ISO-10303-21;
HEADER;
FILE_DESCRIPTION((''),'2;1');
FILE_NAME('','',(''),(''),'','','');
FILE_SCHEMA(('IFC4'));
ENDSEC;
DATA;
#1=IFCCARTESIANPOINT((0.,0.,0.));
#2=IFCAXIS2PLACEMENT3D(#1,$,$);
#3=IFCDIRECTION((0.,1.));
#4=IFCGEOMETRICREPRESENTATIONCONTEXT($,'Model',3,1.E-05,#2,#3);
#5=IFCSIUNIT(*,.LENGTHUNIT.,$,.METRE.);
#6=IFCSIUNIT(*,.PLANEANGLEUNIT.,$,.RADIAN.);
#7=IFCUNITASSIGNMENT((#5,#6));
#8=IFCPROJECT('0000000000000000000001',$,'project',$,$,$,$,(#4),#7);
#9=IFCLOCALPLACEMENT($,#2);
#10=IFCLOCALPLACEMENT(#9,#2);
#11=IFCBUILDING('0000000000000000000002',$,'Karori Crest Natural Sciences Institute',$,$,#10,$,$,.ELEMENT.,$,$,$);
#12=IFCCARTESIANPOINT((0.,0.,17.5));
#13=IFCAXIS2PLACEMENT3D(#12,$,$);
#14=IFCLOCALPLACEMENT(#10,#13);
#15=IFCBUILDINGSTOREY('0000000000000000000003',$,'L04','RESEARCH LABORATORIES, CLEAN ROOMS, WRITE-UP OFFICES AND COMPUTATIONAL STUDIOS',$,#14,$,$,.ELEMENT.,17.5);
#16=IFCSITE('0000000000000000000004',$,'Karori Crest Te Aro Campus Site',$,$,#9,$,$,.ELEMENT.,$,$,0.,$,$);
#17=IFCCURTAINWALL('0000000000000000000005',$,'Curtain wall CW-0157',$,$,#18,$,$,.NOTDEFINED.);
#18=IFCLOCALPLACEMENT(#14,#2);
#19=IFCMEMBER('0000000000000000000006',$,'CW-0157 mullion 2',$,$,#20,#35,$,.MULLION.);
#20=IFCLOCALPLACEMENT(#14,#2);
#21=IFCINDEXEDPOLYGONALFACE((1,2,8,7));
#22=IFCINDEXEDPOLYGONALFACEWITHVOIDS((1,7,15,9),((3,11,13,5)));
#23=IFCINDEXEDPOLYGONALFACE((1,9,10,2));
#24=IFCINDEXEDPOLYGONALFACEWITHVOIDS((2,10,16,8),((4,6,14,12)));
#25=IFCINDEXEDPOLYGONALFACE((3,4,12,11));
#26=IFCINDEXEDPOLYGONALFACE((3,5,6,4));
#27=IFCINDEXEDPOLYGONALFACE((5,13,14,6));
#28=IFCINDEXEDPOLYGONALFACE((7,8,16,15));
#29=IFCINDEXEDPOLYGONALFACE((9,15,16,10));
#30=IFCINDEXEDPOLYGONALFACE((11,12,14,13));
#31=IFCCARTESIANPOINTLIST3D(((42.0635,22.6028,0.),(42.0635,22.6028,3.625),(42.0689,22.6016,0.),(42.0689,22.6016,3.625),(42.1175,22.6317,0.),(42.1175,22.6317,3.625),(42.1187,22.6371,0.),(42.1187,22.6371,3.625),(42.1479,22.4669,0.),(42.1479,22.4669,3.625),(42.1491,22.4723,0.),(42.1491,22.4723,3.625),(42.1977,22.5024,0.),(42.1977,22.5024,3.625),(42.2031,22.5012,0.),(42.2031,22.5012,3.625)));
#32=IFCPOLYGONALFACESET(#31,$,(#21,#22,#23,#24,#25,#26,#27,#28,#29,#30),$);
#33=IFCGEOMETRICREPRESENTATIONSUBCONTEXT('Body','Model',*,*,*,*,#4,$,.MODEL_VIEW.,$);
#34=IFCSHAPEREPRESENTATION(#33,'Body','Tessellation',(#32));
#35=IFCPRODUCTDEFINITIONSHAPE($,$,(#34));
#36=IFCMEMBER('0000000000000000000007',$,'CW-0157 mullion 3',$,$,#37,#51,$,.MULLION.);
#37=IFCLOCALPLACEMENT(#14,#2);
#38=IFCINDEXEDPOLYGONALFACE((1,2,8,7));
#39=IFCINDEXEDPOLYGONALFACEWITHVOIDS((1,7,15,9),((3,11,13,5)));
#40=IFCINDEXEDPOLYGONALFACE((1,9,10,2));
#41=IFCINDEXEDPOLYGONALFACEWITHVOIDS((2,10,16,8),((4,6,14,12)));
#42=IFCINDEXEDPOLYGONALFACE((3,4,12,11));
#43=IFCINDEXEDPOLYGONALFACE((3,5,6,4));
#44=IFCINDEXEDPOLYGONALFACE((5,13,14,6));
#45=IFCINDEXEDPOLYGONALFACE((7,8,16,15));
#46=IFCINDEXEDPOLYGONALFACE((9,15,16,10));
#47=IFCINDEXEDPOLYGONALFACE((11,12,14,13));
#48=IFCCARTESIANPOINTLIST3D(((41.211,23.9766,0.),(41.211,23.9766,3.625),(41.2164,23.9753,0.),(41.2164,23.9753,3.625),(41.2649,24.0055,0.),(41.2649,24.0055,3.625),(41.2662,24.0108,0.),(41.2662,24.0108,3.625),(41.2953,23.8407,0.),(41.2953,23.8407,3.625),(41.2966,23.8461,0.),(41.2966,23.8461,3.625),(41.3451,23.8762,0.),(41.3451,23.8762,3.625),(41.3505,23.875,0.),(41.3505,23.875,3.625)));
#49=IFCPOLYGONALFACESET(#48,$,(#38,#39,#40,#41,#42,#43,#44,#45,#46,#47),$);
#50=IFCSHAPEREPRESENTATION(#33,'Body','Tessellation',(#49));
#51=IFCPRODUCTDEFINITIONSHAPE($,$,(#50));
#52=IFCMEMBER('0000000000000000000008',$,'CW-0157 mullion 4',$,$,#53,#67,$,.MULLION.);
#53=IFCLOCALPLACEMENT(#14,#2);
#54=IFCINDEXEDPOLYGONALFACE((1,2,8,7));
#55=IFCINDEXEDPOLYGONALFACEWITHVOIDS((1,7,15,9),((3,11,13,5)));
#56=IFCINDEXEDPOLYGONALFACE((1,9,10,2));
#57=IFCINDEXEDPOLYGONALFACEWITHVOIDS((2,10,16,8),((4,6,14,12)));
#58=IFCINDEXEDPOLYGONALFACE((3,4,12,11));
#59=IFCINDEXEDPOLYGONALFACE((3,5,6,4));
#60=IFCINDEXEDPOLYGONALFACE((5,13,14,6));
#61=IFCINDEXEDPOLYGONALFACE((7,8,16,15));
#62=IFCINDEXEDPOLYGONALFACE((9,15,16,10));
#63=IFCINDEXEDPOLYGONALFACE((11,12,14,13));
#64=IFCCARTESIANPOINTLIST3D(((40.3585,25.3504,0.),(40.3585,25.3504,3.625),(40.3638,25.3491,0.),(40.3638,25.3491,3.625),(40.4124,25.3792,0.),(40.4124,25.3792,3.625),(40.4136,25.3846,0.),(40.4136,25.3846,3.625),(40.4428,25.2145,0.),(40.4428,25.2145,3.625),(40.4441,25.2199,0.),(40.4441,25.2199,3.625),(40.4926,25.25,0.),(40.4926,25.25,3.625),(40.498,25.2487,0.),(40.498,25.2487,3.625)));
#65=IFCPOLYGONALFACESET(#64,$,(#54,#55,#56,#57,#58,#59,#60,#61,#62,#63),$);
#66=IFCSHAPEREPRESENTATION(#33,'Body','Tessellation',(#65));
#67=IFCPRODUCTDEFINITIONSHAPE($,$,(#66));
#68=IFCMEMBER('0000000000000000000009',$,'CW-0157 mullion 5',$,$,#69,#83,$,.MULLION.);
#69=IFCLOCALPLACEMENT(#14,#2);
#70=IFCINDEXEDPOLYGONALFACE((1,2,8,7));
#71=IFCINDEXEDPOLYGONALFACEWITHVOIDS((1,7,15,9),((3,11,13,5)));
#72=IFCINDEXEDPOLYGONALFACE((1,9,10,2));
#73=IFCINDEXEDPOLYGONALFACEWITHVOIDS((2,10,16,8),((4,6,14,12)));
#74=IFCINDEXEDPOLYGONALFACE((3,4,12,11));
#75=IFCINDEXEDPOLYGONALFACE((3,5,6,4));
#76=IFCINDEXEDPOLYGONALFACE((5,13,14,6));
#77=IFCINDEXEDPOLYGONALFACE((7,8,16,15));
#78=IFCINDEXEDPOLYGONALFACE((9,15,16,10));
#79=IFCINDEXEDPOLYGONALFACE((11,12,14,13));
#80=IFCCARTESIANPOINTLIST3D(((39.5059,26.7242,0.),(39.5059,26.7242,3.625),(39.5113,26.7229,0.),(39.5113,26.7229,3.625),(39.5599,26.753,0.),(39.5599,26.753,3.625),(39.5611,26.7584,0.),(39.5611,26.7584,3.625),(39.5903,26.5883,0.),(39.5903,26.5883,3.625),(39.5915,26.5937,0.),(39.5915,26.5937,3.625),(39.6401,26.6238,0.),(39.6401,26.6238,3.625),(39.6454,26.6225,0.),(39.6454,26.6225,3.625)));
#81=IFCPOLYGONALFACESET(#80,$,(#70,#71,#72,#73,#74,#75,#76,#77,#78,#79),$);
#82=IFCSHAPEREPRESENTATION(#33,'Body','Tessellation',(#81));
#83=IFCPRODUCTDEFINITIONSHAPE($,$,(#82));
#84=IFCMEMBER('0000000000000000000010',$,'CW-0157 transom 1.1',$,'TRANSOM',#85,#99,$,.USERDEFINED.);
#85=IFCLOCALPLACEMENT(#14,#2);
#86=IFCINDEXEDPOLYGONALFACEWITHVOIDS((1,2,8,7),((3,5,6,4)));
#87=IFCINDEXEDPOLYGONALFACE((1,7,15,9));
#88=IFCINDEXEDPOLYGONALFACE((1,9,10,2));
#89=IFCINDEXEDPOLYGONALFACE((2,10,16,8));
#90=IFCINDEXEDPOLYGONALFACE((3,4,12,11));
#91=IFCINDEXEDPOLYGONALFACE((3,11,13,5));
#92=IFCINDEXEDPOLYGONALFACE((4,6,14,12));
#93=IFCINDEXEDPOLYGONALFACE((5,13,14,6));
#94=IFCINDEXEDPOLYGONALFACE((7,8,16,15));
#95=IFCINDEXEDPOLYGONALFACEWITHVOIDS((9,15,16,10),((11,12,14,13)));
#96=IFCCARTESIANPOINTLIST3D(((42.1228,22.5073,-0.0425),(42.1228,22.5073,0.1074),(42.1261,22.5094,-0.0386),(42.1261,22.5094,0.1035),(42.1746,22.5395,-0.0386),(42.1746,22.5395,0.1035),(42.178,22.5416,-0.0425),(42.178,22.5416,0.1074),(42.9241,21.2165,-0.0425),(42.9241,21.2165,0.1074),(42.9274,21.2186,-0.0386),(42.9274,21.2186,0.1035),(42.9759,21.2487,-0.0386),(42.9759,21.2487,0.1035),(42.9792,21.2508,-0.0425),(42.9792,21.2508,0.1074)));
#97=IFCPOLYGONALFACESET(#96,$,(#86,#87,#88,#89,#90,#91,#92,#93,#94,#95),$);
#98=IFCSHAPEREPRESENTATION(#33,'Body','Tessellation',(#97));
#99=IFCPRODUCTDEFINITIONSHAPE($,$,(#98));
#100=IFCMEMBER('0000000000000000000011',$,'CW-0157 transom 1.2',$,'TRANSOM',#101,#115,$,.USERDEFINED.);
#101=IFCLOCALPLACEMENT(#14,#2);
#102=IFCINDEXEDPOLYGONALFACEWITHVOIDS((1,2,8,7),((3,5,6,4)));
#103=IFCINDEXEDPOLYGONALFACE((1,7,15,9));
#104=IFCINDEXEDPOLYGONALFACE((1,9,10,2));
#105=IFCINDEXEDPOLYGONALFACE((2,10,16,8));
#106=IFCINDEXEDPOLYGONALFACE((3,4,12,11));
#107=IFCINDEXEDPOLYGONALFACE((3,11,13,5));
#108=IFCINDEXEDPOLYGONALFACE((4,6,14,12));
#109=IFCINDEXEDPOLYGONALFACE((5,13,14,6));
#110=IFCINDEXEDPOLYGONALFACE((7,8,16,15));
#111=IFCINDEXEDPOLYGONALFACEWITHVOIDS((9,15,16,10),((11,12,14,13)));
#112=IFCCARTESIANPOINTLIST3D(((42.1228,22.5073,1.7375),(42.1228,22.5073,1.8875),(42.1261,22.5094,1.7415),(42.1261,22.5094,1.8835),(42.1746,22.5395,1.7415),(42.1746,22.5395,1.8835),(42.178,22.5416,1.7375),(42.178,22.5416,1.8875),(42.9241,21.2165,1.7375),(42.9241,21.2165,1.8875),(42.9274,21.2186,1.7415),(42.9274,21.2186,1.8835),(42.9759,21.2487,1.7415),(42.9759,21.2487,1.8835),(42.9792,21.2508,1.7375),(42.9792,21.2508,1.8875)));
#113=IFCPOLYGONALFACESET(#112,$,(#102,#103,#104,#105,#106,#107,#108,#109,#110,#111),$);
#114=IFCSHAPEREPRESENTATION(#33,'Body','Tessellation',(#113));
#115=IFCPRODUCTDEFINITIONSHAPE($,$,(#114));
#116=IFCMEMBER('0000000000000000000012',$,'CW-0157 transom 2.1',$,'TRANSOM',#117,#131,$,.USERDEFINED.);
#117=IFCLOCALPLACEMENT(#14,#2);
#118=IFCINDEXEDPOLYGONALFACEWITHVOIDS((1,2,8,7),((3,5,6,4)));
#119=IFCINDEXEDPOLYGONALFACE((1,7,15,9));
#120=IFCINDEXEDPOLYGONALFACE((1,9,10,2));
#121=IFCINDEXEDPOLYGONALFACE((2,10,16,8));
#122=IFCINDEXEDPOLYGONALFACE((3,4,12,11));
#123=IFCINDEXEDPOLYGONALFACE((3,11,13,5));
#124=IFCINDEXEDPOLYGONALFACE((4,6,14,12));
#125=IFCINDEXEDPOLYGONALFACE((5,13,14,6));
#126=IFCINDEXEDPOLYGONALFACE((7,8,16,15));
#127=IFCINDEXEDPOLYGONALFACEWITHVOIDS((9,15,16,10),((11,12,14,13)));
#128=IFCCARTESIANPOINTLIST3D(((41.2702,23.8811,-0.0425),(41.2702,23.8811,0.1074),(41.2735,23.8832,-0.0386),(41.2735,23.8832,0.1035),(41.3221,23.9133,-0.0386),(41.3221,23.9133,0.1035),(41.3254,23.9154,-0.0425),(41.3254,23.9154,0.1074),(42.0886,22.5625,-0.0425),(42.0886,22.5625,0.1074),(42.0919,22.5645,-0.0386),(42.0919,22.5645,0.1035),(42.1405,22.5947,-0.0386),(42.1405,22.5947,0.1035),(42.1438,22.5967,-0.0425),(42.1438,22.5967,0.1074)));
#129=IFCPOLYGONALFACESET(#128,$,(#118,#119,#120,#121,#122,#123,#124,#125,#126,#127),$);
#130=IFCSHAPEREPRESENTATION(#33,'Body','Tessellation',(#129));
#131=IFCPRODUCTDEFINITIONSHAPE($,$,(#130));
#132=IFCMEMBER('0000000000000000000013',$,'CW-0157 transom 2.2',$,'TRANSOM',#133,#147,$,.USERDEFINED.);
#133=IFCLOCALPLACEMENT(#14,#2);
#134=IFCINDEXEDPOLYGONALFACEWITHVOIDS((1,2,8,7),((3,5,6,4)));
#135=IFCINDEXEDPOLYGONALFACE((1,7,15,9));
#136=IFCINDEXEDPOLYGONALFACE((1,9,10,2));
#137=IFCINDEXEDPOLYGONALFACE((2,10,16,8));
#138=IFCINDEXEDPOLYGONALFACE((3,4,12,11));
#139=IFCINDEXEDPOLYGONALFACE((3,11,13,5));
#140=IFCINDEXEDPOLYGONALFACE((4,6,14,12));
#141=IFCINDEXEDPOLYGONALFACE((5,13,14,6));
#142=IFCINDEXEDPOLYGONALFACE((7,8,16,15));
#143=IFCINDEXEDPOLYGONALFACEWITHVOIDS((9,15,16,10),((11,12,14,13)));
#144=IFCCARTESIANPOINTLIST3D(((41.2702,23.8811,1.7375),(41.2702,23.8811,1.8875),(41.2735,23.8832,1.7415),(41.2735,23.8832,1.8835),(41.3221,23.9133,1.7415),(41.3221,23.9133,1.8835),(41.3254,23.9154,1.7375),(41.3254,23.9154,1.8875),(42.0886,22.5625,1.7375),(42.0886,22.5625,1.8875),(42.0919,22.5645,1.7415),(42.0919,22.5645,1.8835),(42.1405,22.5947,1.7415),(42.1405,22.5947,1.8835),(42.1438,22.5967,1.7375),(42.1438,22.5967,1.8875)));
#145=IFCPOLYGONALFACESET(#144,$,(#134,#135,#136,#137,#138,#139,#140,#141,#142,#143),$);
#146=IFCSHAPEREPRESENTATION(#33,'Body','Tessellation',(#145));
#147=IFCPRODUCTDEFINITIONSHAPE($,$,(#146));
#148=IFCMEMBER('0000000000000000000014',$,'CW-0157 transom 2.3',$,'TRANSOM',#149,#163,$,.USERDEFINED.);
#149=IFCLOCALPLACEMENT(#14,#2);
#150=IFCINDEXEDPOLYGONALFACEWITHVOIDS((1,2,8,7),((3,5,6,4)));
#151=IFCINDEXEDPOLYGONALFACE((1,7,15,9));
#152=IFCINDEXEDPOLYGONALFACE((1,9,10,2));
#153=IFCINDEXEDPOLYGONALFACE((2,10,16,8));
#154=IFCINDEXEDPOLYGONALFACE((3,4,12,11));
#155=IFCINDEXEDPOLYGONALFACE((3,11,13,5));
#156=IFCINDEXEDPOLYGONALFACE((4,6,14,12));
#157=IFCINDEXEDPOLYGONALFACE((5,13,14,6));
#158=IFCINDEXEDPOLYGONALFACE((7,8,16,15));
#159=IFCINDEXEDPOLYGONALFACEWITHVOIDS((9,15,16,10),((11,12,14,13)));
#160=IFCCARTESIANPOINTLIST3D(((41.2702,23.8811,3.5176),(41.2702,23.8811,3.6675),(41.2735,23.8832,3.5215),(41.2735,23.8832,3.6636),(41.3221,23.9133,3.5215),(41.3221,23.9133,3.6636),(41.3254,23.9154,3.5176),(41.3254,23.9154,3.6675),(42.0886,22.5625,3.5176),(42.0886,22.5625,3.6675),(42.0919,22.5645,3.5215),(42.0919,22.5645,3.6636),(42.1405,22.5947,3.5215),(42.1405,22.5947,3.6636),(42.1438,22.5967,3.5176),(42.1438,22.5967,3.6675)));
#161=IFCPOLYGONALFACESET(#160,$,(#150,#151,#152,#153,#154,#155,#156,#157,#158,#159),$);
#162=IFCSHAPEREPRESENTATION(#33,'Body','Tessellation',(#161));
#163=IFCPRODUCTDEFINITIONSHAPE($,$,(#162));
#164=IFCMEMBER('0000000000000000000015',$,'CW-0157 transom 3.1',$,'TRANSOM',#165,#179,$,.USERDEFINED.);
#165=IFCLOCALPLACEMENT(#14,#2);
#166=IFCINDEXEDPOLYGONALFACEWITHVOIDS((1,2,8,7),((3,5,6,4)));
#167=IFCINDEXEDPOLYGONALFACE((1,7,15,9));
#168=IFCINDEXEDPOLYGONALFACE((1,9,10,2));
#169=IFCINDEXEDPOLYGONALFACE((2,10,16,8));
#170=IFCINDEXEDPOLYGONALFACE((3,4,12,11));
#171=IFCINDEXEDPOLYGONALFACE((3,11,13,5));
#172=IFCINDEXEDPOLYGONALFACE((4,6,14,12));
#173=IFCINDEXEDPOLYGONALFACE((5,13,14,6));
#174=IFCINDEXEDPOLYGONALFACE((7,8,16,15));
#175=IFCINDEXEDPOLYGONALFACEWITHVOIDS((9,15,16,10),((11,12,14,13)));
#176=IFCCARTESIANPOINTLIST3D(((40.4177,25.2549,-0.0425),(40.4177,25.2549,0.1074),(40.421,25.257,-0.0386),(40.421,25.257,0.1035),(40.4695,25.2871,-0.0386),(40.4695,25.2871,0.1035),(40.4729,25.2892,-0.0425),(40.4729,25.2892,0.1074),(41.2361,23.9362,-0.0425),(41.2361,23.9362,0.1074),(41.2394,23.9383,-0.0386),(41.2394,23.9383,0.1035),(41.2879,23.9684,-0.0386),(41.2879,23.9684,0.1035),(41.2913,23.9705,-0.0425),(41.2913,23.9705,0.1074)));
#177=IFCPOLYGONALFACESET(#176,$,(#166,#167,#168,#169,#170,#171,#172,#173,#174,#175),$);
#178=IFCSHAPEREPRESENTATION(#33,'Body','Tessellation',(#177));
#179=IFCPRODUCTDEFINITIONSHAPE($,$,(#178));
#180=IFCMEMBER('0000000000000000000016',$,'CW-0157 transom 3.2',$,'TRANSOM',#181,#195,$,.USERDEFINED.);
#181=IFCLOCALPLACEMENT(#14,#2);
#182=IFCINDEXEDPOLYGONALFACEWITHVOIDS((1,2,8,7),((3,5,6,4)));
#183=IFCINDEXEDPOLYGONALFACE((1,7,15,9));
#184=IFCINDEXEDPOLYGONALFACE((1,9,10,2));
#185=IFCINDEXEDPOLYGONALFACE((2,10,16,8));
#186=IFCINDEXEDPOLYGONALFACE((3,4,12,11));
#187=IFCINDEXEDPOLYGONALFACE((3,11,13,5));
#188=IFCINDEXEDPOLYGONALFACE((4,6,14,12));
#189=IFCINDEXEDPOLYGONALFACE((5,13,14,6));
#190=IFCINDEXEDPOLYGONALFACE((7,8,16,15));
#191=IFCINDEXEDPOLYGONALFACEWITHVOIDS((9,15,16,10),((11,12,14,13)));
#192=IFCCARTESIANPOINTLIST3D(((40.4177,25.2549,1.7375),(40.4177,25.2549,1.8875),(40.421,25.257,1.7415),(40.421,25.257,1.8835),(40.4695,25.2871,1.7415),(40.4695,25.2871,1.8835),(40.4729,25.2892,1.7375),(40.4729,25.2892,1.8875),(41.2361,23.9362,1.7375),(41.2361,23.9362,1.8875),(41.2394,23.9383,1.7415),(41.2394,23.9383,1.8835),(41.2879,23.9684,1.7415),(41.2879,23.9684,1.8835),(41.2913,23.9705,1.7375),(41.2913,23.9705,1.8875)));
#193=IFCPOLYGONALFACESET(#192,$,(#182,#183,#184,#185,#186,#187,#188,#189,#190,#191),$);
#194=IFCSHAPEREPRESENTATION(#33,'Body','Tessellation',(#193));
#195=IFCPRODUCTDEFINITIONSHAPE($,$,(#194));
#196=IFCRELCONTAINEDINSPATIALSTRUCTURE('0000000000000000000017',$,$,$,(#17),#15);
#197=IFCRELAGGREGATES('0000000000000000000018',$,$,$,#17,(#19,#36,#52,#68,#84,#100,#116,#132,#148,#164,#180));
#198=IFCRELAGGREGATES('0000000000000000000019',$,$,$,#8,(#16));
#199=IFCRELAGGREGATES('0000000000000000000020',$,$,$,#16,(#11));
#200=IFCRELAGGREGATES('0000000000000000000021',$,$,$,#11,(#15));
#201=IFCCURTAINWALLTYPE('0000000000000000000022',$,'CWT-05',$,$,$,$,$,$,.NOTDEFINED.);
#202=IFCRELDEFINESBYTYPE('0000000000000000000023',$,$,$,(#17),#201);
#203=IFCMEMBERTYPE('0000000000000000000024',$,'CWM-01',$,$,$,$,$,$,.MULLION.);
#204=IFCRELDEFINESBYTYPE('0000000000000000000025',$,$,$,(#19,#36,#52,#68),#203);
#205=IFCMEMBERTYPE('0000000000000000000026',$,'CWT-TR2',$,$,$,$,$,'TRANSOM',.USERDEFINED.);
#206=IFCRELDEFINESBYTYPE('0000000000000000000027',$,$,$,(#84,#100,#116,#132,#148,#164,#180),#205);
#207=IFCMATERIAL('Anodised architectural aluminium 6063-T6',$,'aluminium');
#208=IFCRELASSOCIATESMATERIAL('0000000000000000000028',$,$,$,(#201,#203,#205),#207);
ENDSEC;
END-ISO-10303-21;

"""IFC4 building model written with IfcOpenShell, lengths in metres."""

from ifc_helpers import new_model, si_unit, direction, frame, origin, origin_2d, place, context, subcontext, project, spatial, hollow_rectangle, extrude, material, material_profile, profile_set, type_object, element, aggregate, save


model = new_model("IFC4")

# Units and contexts
model_context = context("Model", 3, precision=1e-05, world=origin(), true_north=direction((0.0, 1.0)))
body_context = subcontext(model_context, "Body", "Model", "MODEL_VIEW")
ifc_project = project(units=[si_unit("LENGTHUNIT", "METRE"), si_unit("PLANEANGLEUNIT", "RADIAN")], contexts=[model_context])

# Site, building, storey
site_placement = place(None, origin())
site = spatial("IfcSite", under=ifc_project, at=site_placement, Name="Karori Crest Te Aro Campus Site", CompositionType="ELEMENT", RefElevation=0.0)
building_placement = place(site_placement, origin())
building = spatial("IfcBuilding", under=site, at=building_placement, Name="Karori Crest Natural Sciences Institute", CompositionType="ELEMENT")
storey_placement = place(building_placement, frame((0.0, 0.0, 17.5)))
storey = spatial("IfcBuildingStorey", under=building, at=storey_placement, Name="L04", Description="RESEARCH LABORATORIES, CLEAN ROOMS, WRITE-UP OFFICES AND COMPUTATIONAL STUDIOS", CompositionType="ELEMENT", Elevation=17.5)

# Curtain wall, members
ifc_material_1 = material(Name="Anodised architectural aluminium 6063-T6", Category="aluminium")
curtain_wall_type = type_object("IfcCurtainWallType", Name="CWT-05", PredefinedType="NOTDEFINED", material=ifc_material_1)
curtain_wall_placement = place(storey_placement, origin())
curtain_wall = element("IfcCurtainWall", 1, at=curtain_wall_placement, inside=storey, type_object=curtain_wall_type, Name="Curtain wall CW-0157", PredefinedType="NOTDEFINED")
ifc_material_profile_1 = material_profile(ifc_material_1, hollow_rectangle(XDim=0.0649, YDim=0.1599, WallThickness=0.0039, at=origin_2d()), Name="CWM160x65x4")
ifc_profile_set_1 = profile_set([ifc_material_profile_1], Name="Anodised architectural aluminium 6063-T6")
member_type_1 = type_object("IfcMemberType", Name="CWM-01", PredefinedType="MULLION", material=ifc_profile_set_1)
member_1_placement = place(storey_placement, frame((42.1333, 22.552, 0.0), z_axis=(0.0, 0.0, 1.0), x_axis=(-0.849662, -0.527328, 0.0)))
member_1 = element("IfcMember", 2, at=member_1_placement, type_object=member_type_1, Name="CW-0157 mullion 2", PredefinedType="MULLION", context=body_context, shape_type="SweptSolid", body=[
    extrude(hollow_rectangle(XDim=0.0649, YDim=0.1599, WallThickness=0.0039, at=origin_2d()), origin(), (0.0, 0.0, 1.0), 3.625),
])
member_2_placement = place(storey_placement, frame((41.2808, 23.9258, 0.0), z_axis=(0.0, 0.0, 1.0), x_axis=(-0.849662, -0.527328, 0.0)))
member_2 = element("IfcMember", 3, at=member_2_placement, type_object=member_type_1, Name="CW-0157 mullion 3", PredefinedType="MULLION", context=body_context, shape_type="SweptSolid", body=[
    extrude(hollow_rectangle(XDim=0.0649, YDim=0.1599, WallThickness=0.0039, at=origin_2d()), origin(), (0.0, 0.0, 1.0), 3.625),
])
member_3_placement = place(storey_placement, frame((40.4282, 25.2996, 0.0), z_axis=(0.0, 0.0, 1.0), x_axis=(-0.849662, -0.527328, 0.0)))
member_3 = element("IfcMember", 4, at=member_3_placement, type_object=member_type_1, Name="CW-0157 mullion 4", PredefinedType="MULLION", context=body_context, shape_type="SweptSolid", body=[
    extrude(hollow_rectangle(XDim=0.0649, YDim=0.1599, WallThickness=0.0039, at=origin_2d()), origin(), (0.0, 0.0, 1.0), 3.625),
])
member_4_placement = place(storey_placement, frame((39.5757, 26.6733, 0.0), z_axis=(0.0, 0.0, 1.0), x_axis=(-0.849662, -0.527328, 0.0)))
member_4 = element("IfcMember", 5, at=member_4_placement, type_object=member_type_1, Name="CW-0157 mullion 5", PredefinedType="MULLION", context=body_context, shape_type="SweptSolid", body=[
    extrude(hollow_rectangle(XDim=0.0649, YDim=0.1599, WallThickness=0.0039, at=origin_2d()), origin(), (0.0, 0.0, 1.0), 3.625),
])
ifc_material_profile_2 = material_profile(ifc_material_1, hollow_rectangle(XDim=0.0649, YDim=0.1499, WallThickness=0.0039, at=origin_2d()), Name="CWT150x65x4")
ifc_profile_set_2 = profile_set([ifc_material_profile_2], Name="Anodised architectural aluminium 6063-T6")
member_type_2 = type_object("IfcMemberType", Name="CWT-TR2", ElementType="TRANSOM", PredefinedType="USERDEFINED", material=ifc_profile_set_2)
member_5_placement = place(storey_placement, frame((42.9517, 21.2336, 0.0325), z_axis=(-0.527411, 0.84961, 0.0), x_axis=(-0.84961, -0.527411, 0.0)))
member_5 = element("IfcMember", 6, at=member_5_placement, type_object=member_type_2, Name="CW-0157 transom 1.1", ObjectType="TRANSOM", PredefinedType="USERDEFINED", context=body_context, shape_type="SweptSolid", body=[
    extrude(hollow_rectangle(XDim=0.0649, YDim=0.1499, WallThickness=0.0039, at=origin_2d()), origin(), (0.0, 0.0, 1.0), 1.5193),
])
member_6_placement = place(storey_placement, frame((42.9517, 21.2336, 1.8125), z_axis=(-0.527411, 0.84961, 0.0), x_axis=(-0.84961, -0.527411, 0.0)))
member_6 = element("IfcMember", 7, at=member_6_placement, type_object=member_type_2, Name="CW-0157 transom 1.2", ObjectType="TRANSOM", PredefinedType="USERDEFINED", context=body_context, shape_type="SweptSolid", body=[
    extrude(hollow_rectangle(XDim=0.0649, YDim=0.1499, WallThickness=0.0039, at=origin_2d()), origin(), (0.0, 0.0, 1.0), 1.5193),
])
member_7_placement = place(storey_placement, frame((42.1162, 22.5796, 0.0325), z_axis=(-0.527324, 0.849664, 0.0), x_axis=(-0.849664, -0.527324, 0.0)))
member_7 = element("IfcMember", 8, at=member_7_placement, type_object=member_type_2, Name="CW-0157 transom 2.1", ObjectType="TRANSOM", PredefinedType="USERDEFINED", context=body_context, shape_type="SweptSolid", body=[
    extrude(hollow_rectangle(XDim=0.0649, YDim=0.1499, WallThickness=0.0039, at=origin_2d()), origin(), (0.0, 0.0, 1.0), 1.552),
])
member_8_placement = place(storey_placement, frame((42.1162, 22.5796, 1.8125), z_axis=(-0.527324, 0.849664, 0.0), x_axis=(-0.849664, -0.527324, 0.0)))
member_8 = element("IfcMember", 9, at=member_8_placement, type_object=member_type_2, Name="CW-0157 transom 2.2", ObjectType="TRANSOM", PredefinedType="USERDEFINED", context=body_context, shape_type="SweptSolid", body=[
    extrude(hollow_rectangle(XDim=0.0649, YDim=0.1499, WallThickness=0.0039, at=origin_2d()), origin(), (0.0, 0.0, 1.0), 1.552),
])
member_9_placement = place(storey_placement, frame((42.1162, 22.5796, 3.5925), z_axis=(-0.527324, 0.849664, 0.0), x_axis=(-0.849664, -0.527324, 0.0)))
member_9 = element("IfcMember", 10, at=member_9_placement, type_object=member_type_2, Name="CW-0157 transom 2.3", ObjectType="TRANSOM", PredefinedType="USERDEFINED", context=body_context, shape_type="SweptSolid", body=[
    extrude(hollow_rectangle(XDim=0.0649, YDim=0.1499, WallThickness=0.0039, at=origin_2d()), origin(), (0.0, 0.0, 1.0), 1.552),
])
member_10_placement = place(storey_placement, frame((41.2637, 23.9534, 0.0325), z_axis=(-0.527324, 0.849664, 0.0), x_axis=(-0.849664, -0.527324, 0.0)))
member_10 = element("IfcMember", 11, at=member_10_placement, type_object=member_type_2, Name="CW-0157 transom 3.1", ObjectType="TRANSOM", PredefinedType="USERDEFINED", context=body_context, shape_type="SweptSolid", body=[
    extrude(hollow_rectangle(XDim=0.0649, YDim=0.1499, WallThickness=0.0039, at=origin_2d()), origin(), (0.0, 0.0, 1.0), 1.552),
])
member_11_placement = place(storey_placement, frame((41.2637, 23.9534, 1.8125), z_axis=(-0.527324, 0.849664, 0.0), x_axis=(-0.849664, -0.527324, 0.0)))
member_11 = element("IfcMember", 12, at=member_11_placement, type_object=member_type_2, Name="CW-0157 transom 3.2", ObjectType="TRANSOM", PredefinedType="USERDEFINED", context=body_context, shape_type="SweptSolid", body=[
    extrude(hollow_rectangle(XDim=0.0649, YDim=0.1499, WallThickness=0.0039, at=origin_2d()), origin(), (0.0, 0.0, 1.0), 1.552),
])
aggregate(curtain_wall, [member_1, member_2, member_3, member_4, member_5, member_6, member_7, member_8, member_9, member_10, member_11])

save(model, "model.ifc")
